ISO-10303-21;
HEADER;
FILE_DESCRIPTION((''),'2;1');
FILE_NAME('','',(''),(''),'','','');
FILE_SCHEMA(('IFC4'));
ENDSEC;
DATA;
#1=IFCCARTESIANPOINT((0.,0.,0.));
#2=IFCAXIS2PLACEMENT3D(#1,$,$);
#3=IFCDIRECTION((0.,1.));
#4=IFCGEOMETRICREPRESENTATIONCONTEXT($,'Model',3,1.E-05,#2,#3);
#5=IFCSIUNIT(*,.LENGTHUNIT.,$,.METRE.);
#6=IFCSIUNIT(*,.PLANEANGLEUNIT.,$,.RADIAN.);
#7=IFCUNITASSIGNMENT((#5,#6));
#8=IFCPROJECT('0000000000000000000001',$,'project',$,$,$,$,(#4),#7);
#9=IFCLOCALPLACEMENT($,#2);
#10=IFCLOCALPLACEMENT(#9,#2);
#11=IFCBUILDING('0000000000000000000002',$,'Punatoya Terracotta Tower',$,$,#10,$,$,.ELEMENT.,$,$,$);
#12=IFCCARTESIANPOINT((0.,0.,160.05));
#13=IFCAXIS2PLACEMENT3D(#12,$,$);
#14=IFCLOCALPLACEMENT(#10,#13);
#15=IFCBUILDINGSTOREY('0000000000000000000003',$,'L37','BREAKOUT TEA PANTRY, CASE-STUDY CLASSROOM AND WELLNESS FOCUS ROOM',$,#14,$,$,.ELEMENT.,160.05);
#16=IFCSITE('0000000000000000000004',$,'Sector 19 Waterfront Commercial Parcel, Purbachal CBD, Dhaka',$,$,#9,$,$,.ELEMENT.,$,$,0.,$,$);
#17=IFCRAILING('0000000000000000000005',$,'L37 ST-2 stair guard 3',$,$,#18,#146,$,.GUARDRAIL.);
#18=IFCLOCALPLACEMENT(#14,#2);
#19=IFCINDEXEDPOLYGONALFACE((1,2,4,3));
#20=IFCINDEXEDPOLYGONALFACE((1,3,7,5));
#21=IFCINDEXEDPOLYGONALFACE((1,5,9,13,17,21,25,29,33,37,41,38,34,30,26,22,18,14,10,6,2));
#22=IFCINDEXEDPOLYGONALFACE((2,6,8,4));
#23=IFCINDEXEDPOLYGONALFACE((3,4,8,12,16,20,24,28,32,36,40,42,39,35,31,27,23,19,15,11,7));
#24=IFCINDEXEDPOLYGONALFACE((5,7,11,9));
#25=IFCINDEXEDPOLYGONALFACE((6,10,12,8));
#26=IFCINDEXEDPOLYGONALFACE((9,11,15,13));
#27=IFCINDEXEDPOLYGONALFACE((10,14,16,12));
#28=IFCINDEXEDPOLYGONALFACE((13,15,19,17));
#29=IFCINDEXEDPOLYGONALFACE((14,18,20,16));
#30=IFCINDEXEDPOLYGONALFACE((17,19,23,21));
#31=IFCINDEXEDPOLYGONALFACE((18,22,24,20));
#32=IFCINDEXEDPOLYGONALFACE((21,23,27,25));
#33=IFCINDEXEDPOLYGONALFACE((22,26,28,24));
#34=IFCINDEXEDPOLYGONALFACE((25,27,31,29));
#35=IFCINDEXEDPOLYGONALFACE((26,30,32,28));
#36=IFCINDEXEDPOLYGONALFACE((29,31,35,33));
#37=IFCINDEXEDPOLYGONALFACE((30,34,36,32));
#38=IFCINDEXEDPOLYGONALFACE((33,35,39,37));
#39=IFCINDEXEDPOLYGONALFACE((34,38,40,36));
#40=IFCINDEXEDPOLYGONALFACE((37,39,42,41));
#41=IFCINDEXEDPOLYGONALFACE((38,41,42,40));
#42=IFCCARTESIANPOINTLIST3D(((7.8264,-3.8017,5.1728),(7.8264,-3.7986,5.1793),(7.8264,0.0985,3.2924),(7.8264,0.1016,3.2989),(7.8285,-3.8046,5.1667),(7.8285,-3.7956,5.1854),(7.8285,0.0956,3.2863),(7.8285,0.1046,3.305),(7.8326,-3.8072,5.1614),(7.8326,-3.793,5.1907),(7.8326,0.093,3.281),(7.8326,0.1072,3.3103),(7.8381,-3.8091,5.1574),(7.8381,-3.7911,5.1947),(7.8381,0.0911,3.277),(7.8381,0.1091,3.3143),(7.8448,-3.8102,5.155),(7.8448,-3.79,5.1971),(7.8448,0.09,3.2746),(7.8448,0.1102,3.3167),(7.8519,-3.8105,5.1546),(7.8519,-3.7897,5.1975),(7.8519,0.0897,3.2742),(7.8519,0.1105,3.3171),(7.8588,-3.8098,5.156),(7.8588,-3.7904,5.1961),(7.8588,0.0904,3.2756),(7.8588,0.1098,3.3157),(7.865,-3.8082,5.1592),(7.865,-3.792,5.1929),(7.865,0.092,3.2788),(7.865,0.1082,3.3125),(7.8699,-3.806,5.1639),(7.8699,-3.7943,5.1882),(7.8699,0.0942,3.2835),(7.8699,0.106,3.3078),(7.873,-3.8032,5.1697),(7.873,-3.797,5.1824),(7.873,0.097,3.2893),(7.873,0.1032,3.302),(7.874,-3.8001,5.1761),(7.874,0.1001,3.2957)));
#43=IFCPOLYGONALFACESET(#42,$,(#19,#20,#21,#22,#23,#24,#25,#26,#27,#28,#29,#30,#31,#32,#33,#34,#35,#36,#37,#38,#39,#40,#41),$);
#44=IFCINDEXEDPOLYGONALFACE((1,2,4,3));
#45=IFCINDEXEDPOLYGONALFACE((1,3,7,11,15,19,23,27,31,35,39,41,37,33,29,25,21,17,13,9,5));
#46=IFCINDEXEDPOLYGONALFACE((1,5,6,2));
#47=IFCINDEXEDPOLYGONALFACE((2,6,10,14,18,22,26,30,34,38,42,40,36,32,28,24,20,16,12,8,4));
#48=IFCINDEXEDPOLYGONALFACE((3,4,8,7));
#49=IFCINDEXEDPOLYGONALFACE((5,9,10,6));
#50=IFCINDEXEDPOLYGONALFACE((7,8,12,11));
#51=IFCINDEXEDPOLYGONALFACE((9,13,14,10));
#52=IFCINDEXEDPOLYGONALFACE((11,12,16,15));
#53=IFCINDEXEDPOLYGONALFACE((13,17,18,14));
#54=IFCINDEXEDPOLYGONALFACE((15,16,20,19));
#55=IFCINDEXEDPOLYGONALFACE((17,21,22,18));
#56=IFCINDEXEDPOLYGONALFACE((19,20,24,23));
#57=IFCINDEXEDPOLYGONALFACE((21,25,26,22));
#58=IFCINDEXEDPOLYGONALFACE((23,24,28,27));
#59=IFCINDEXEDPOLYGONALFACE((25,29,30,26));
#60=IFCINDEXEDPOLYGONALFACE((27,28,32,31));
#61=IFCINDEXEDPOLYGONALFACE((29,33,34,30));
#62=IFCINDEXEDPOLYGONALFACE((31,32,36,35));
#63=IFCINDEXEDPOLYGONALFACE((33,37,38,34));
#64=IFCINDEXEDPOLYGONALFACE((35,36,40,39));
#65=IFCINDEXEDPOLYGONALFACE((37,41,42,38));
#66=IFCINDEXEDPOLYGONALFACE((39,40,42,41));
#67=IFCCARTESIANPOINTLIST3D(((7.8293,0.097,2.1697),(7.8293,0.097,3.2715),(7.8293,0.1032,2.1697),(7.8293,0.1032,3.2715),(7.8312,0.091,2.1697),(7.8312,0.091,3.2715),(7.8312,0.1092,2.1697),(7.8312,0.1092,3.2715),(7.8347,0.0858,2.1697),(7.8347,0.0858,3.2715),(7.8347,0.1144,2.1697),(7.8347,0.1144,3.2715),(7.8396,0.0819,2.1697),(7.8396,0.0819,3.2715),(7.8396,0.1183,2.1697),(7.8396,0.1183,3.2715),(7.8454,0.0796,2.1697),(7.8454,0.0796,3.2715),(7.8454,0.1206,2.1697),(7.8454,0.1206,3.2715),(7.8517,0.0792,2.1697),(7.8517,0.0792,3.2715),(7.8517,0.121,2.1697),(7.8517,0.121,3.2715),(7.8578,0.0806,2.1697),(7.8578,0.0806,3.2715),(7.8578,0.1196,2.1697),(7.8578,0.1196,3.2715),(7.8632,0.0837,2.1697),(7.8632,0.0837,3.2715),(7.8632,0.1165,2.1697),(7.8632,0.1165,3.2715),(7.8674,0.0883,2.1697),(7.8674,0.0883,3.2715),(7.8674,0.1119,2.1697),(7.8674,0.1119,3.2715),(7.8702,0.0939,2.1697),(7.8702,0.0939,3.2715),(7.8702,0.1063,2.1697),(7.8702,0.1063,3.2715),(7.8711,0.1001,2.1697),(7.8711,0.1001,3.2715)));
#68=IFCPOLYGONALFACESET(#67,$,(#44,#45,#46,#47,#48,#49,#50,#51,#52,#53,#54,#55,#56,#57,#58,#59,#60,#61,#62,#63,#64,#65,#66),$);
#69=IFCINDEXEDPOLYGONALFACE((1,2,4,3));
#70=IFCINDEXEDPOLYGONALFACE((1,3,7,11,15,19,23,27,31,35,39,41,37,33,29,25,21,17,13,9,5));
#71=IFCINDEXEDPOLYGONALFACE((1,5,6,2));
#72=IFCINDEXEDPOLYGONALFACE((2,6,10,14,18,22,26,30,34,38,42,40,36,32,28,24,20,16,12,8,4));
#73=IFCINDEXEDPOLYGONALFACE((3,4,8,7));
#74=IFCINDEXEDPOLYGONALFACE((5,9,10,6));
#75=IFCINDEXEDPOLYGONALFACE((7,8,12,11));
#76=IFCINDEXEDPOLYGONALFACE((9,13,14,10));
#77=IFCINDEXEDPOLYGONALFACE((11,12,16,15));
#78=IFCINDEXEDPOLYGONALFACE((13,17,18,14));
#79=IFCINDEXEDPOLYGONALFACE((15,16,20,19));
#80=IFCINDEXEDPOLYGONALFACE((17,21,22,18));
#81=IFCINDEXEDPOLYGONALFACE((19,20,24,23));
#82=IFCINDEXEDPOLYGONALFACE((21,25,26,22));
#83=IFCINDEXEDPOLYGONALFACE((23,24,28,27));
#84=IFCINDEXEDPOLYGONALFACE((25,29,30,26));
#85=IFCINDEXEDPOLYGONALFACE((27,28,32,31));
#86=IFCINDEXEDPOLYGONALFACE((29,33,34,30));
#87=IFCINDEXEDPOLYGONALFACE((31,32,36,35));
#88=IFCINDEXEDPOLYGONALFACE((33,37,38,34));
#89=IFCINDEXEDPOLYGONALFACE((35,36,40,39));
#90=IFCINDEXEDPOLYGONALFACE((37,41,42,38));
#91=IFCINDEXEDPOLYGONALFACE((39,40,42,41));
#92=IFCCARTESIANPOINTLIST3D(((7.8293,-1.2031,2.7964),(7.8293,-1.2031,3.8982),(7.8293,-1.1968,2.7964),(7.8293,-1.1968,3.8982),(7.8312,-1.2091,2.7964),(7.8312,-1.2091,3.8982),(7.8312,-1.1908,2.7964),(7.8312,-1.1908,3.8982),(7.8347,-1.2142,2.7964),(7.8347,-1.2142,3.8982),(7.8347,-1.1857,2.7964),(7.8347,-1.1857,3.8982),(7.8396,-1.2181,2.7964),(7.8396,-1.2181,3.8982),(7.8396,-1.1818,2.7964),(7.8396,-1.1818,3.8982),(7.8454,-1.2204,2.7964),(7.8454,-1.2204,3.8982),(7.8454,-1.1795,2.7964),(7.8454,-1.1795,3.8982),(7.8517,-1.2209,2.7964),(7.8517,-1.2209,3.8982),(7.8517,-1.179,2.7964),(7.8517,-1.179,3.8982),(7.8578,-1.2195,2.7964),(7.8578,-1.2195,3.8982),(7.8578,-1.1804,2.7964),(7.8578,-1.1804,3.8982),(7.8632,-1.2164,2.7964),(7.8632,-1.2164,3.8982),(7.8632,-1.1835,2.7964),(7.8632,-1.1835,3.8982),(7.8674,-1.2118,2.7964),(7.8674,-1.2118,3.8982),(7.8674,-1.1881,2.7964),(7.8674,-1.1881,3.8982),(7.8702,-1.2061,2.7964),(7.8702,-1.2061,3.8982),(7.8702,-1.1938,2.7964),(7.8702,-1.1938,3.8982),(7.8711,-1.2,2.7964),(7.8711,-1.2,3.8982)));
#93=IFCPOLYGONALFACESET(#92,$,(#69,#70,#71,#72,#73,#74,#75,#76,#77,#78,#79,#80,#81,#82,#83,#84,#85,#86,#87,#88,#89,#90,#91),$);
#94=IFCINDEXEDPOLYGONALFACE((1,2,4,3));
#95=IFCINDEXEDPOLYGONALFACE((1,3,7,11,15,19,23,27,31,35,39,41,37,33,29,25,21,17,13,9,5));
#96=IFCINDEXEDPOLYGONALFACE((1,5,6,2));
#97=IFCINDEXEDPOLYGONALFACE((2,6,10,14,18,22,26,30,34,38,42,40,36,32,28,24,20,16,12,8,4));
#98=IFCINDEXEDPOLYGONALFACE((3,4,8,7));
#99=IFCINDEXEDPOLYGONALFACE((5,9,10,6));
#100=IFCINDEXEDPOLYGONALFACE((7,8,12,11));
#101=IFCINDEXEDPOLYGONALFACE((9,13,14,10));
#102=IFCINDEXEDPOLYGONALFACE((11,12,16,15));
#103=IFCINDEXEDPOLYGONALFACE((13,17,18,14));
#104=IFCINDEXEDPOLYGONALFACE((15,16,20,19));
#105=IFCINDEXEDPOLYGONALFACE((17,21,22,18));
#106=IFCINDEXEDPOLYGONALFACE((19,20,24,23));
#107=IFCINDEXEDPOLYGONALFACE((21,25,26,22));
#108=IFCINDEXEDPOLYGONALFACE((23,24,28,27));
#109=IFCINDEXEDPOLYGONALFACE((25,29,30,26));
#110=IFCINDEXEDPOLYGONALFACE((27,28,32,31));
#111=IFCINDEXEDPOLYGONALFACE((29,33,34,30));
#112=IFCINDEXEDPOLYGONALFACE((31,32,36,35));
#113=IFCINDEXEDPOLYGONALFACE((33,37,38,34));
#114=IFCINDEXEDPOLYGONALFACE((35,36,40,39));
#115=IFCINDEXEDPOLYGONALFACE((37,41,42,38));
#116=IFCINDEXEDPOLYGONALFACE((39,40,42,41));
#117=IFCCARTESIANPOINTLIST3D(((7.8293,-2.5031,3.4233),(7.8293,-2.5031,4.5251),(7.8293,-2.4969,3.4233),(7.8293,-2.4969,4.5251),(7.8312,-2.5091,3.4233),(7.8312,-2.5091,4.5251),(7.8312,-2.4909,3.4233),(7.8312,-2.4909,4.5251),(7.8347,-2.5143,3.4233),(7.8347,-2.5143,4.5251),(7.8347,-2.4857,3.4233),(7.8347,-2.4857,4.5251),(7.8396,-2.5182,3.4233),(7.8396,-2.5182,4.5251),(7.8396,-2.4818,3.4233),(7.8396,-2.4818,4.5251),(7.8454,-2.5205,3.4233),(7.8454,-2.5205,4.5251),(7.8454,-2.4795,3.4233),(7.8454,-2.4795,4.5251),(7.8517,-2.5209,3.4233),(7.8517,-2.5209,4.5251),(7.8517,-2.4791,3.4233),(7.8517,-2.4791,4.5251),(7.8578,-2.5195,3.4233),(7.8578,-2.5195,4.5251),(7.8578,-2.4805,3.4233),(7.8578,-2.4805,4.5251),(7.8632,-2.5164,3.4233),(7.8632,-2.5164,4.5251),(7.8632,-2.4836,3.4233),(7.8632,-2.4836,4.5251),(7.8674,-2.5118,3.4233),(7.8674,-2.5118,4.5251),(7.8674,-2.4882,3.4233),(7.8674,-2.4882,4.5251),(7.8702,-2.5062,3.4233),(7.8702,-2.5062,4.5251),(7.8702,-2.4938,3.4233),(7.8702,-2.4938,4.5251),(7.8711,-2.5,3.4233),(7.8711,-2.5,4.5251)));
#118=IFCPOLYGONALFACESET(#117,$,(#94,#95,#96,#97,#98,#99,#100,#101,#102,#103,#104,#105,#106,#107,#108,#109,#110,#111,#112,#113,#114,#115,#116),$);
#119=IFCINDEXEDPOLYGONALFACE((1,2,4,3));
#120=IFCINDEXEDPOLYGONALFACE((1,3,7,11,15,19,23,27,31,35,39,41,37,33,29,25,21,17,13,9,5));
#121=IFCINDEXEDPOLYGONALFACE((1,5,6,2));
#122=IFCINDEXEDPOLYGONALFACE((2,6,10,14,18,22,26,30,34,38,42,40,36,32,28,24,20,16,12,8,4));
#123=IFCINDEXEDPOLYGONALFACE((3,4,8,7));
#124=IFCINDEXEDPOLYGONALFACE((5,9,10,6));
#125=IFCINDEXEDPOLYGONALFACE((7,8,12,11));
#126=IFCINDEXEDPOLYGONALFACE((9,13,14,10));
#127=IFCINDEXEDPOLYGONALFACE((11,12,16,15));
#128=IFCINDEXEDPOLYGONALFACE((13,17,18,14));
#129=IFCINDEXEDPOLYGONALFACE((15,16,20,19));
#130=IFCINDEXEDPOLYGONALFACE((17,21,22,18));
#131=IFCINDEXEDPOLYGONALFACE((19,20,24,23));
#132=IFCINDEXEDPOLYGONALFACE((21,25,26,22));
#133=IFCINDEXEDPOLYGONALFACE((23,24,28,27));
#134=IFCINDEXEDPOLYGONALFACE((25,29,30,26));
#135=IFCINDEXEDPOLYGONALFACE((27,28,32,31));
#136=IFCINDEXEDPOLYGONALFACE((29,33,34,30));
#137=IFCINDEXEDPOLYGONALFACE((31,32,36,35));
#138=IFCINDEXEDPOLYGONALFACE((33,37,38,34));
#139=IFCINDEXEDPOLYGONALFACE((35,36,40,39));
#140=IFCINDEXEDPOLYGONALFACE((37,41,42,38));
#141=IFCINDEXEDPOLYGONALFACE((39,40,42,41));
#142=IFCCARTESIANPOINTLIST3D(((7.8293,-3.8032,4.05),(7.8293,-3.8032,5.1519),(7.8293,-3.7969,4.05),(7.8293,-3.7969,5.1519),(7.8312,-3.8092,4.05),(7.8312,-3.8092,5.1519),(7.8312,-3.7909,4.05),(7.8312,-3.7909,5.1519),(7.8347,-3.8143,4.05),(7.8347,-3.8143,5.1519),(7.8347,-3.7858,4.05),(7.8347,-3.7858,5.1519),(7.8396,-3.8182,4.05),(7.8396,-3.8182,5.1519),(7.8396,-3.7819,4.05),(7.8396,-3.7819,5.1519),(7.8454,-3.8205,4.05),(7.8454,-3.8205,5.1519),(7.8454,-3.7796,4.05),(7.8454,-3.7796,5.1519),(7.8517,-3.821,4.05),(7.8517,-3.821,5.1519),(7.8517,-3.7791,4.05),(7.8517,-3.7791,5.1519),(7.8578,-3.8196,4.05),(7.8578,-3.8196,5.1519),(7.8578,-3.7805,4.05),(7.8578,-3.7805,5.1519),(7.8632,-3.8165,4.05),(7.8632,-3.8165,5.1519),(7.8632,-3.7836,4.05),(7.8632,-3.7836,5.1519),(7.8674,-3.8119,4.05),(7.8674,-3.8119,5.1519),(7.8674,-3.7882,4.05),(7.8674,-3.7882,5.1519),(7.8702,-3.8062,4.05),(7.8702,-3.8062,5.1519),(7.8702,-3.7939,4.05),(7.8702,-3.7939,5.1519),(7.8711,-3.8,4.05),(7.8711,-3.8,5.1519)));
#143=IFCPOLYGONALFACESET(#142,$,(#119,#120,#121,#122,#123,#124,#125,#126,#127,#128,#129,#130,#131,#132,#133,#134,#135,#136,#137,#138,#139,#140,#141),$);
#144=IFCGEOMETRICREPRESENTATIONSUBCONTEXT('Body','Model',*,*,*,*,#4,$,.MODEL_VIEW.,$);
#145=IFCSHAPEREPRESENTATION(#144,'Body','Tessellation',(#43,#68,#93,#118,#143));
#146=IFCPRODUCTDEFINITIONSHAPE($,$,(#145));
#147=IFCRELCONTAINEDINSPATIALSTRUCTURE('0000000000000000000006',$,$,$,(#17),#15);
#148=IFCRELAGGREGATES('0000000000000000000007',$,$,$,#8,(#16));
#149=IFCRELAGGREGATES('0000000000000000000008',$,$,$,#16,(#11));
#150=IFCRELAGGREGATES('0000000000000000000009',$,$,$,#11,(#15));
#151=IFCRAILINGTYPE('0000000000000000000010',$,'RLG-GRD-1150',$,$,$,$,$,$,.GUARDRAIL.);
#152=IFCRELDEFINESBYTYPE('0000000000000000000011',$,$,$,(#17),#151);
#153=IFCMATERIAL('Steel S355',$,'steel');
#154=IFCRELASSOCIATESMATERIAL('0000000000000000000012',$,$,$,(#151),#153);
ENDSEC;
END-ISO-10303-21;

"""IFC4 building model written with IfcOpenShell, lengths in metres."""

from ifc_helpers import new_model, si_unit, direction, frame, origin, origin_2d, place, context, subcontext, project, spatial, circle, extrude, material, type_object, element, save


model = new_model("IFC4")

# Units and contexts
model_context = context("Model", 3, precision=1e-05, world=origin(), true_north=direction((0.0, 1.0)))
body_context = subcontext(model_context, "Body", "Model", "MODEL_VIEW")
ifc_project = project(units=[si_unit("LENGTHUNIT", "METRE"), si_unit("PLANEANGLEUNIT", "RADIAN")], contexts=[model_context])

# Site, building, storey
site_placement = place(None, origin())
site = spatial("IfcSite", under=ifc_project, at=site_placement, Name="Sector 19 Waterfront Commercial Parcel, Purbachal CBD, Dhaka", CompositionType="ELEMENT", RefElevation=0.0)
building_placement = place(site_placement, origin())
building = spatial("IfcBuilding", under=site, at=building_placement, Name="Punatoya Terracotta Tower", CompositionType="ELEMENT")
storey_placement = place(building_placement, frame((0.0, 0.0, 160.05)))
storey = spatial("IfcBuildingStorey", under=building, at=storey_placement, Name="L37", Description="BREAKOUT TEA PANTRY, CASE-STUDY CLASSROOM AND WELLNESS FOCUS ROOM", CompositionType="ELEMENT", Elevation=160.05)

# Shared definitions
ifc_material_1 = material(Name="Steel S355", Category="steel")

# Railing
railing_type_1 = type_object("IfcRailingType", Name="RLG-GRD-1150", PredefinedType="GUARDRAIL", material=ifc_material_1)
railing_1_placement = place(storey_placement, frame((7.8501, 0.1001, 2.1697)))
element("IfcRailing", 1, at=railing_1_placement, inside=storey, type_object=railing_type_1, Name="L37 ST-2 stair guard 3", PredefinedType="GUARDRAIL", context=body_context, shape_type="SweptSolid", body=[
    extrude(circle(Radius=0.0239, at=origin_2d()), frame((0.0, 0.0, 1.126), z_axis=(0.0, -0.900774, 0.434289), x_axis=(1.0, 0.0, 0.0)), (0.0, 0.0, 1.0), 4.3298),
    extrude(circle(Radius=0.021, at=origin_2d()), origin(), (0.0, 0.0, 1.0), 1.1018),
    extrude(circle(Radius=0.021, at=origin_2d()), frame((0.0, -1.3, 0.6267)), (0.0, 0.0, 1.0), 1.1018),
    extrude(circle(Radius=0.021, at=origin_2d()), frame((0.0, -2.6001, 1.2537)), (0.0, 0.0, 1.0), 1.1018),
    extrude(circle(Radius=0.021, at=origin_2d()), frame((0.0, -3.9001, 1.8804)), (0.0, 0.0, 1.0), 1.1018),
])

save(model, "model.ifc")
